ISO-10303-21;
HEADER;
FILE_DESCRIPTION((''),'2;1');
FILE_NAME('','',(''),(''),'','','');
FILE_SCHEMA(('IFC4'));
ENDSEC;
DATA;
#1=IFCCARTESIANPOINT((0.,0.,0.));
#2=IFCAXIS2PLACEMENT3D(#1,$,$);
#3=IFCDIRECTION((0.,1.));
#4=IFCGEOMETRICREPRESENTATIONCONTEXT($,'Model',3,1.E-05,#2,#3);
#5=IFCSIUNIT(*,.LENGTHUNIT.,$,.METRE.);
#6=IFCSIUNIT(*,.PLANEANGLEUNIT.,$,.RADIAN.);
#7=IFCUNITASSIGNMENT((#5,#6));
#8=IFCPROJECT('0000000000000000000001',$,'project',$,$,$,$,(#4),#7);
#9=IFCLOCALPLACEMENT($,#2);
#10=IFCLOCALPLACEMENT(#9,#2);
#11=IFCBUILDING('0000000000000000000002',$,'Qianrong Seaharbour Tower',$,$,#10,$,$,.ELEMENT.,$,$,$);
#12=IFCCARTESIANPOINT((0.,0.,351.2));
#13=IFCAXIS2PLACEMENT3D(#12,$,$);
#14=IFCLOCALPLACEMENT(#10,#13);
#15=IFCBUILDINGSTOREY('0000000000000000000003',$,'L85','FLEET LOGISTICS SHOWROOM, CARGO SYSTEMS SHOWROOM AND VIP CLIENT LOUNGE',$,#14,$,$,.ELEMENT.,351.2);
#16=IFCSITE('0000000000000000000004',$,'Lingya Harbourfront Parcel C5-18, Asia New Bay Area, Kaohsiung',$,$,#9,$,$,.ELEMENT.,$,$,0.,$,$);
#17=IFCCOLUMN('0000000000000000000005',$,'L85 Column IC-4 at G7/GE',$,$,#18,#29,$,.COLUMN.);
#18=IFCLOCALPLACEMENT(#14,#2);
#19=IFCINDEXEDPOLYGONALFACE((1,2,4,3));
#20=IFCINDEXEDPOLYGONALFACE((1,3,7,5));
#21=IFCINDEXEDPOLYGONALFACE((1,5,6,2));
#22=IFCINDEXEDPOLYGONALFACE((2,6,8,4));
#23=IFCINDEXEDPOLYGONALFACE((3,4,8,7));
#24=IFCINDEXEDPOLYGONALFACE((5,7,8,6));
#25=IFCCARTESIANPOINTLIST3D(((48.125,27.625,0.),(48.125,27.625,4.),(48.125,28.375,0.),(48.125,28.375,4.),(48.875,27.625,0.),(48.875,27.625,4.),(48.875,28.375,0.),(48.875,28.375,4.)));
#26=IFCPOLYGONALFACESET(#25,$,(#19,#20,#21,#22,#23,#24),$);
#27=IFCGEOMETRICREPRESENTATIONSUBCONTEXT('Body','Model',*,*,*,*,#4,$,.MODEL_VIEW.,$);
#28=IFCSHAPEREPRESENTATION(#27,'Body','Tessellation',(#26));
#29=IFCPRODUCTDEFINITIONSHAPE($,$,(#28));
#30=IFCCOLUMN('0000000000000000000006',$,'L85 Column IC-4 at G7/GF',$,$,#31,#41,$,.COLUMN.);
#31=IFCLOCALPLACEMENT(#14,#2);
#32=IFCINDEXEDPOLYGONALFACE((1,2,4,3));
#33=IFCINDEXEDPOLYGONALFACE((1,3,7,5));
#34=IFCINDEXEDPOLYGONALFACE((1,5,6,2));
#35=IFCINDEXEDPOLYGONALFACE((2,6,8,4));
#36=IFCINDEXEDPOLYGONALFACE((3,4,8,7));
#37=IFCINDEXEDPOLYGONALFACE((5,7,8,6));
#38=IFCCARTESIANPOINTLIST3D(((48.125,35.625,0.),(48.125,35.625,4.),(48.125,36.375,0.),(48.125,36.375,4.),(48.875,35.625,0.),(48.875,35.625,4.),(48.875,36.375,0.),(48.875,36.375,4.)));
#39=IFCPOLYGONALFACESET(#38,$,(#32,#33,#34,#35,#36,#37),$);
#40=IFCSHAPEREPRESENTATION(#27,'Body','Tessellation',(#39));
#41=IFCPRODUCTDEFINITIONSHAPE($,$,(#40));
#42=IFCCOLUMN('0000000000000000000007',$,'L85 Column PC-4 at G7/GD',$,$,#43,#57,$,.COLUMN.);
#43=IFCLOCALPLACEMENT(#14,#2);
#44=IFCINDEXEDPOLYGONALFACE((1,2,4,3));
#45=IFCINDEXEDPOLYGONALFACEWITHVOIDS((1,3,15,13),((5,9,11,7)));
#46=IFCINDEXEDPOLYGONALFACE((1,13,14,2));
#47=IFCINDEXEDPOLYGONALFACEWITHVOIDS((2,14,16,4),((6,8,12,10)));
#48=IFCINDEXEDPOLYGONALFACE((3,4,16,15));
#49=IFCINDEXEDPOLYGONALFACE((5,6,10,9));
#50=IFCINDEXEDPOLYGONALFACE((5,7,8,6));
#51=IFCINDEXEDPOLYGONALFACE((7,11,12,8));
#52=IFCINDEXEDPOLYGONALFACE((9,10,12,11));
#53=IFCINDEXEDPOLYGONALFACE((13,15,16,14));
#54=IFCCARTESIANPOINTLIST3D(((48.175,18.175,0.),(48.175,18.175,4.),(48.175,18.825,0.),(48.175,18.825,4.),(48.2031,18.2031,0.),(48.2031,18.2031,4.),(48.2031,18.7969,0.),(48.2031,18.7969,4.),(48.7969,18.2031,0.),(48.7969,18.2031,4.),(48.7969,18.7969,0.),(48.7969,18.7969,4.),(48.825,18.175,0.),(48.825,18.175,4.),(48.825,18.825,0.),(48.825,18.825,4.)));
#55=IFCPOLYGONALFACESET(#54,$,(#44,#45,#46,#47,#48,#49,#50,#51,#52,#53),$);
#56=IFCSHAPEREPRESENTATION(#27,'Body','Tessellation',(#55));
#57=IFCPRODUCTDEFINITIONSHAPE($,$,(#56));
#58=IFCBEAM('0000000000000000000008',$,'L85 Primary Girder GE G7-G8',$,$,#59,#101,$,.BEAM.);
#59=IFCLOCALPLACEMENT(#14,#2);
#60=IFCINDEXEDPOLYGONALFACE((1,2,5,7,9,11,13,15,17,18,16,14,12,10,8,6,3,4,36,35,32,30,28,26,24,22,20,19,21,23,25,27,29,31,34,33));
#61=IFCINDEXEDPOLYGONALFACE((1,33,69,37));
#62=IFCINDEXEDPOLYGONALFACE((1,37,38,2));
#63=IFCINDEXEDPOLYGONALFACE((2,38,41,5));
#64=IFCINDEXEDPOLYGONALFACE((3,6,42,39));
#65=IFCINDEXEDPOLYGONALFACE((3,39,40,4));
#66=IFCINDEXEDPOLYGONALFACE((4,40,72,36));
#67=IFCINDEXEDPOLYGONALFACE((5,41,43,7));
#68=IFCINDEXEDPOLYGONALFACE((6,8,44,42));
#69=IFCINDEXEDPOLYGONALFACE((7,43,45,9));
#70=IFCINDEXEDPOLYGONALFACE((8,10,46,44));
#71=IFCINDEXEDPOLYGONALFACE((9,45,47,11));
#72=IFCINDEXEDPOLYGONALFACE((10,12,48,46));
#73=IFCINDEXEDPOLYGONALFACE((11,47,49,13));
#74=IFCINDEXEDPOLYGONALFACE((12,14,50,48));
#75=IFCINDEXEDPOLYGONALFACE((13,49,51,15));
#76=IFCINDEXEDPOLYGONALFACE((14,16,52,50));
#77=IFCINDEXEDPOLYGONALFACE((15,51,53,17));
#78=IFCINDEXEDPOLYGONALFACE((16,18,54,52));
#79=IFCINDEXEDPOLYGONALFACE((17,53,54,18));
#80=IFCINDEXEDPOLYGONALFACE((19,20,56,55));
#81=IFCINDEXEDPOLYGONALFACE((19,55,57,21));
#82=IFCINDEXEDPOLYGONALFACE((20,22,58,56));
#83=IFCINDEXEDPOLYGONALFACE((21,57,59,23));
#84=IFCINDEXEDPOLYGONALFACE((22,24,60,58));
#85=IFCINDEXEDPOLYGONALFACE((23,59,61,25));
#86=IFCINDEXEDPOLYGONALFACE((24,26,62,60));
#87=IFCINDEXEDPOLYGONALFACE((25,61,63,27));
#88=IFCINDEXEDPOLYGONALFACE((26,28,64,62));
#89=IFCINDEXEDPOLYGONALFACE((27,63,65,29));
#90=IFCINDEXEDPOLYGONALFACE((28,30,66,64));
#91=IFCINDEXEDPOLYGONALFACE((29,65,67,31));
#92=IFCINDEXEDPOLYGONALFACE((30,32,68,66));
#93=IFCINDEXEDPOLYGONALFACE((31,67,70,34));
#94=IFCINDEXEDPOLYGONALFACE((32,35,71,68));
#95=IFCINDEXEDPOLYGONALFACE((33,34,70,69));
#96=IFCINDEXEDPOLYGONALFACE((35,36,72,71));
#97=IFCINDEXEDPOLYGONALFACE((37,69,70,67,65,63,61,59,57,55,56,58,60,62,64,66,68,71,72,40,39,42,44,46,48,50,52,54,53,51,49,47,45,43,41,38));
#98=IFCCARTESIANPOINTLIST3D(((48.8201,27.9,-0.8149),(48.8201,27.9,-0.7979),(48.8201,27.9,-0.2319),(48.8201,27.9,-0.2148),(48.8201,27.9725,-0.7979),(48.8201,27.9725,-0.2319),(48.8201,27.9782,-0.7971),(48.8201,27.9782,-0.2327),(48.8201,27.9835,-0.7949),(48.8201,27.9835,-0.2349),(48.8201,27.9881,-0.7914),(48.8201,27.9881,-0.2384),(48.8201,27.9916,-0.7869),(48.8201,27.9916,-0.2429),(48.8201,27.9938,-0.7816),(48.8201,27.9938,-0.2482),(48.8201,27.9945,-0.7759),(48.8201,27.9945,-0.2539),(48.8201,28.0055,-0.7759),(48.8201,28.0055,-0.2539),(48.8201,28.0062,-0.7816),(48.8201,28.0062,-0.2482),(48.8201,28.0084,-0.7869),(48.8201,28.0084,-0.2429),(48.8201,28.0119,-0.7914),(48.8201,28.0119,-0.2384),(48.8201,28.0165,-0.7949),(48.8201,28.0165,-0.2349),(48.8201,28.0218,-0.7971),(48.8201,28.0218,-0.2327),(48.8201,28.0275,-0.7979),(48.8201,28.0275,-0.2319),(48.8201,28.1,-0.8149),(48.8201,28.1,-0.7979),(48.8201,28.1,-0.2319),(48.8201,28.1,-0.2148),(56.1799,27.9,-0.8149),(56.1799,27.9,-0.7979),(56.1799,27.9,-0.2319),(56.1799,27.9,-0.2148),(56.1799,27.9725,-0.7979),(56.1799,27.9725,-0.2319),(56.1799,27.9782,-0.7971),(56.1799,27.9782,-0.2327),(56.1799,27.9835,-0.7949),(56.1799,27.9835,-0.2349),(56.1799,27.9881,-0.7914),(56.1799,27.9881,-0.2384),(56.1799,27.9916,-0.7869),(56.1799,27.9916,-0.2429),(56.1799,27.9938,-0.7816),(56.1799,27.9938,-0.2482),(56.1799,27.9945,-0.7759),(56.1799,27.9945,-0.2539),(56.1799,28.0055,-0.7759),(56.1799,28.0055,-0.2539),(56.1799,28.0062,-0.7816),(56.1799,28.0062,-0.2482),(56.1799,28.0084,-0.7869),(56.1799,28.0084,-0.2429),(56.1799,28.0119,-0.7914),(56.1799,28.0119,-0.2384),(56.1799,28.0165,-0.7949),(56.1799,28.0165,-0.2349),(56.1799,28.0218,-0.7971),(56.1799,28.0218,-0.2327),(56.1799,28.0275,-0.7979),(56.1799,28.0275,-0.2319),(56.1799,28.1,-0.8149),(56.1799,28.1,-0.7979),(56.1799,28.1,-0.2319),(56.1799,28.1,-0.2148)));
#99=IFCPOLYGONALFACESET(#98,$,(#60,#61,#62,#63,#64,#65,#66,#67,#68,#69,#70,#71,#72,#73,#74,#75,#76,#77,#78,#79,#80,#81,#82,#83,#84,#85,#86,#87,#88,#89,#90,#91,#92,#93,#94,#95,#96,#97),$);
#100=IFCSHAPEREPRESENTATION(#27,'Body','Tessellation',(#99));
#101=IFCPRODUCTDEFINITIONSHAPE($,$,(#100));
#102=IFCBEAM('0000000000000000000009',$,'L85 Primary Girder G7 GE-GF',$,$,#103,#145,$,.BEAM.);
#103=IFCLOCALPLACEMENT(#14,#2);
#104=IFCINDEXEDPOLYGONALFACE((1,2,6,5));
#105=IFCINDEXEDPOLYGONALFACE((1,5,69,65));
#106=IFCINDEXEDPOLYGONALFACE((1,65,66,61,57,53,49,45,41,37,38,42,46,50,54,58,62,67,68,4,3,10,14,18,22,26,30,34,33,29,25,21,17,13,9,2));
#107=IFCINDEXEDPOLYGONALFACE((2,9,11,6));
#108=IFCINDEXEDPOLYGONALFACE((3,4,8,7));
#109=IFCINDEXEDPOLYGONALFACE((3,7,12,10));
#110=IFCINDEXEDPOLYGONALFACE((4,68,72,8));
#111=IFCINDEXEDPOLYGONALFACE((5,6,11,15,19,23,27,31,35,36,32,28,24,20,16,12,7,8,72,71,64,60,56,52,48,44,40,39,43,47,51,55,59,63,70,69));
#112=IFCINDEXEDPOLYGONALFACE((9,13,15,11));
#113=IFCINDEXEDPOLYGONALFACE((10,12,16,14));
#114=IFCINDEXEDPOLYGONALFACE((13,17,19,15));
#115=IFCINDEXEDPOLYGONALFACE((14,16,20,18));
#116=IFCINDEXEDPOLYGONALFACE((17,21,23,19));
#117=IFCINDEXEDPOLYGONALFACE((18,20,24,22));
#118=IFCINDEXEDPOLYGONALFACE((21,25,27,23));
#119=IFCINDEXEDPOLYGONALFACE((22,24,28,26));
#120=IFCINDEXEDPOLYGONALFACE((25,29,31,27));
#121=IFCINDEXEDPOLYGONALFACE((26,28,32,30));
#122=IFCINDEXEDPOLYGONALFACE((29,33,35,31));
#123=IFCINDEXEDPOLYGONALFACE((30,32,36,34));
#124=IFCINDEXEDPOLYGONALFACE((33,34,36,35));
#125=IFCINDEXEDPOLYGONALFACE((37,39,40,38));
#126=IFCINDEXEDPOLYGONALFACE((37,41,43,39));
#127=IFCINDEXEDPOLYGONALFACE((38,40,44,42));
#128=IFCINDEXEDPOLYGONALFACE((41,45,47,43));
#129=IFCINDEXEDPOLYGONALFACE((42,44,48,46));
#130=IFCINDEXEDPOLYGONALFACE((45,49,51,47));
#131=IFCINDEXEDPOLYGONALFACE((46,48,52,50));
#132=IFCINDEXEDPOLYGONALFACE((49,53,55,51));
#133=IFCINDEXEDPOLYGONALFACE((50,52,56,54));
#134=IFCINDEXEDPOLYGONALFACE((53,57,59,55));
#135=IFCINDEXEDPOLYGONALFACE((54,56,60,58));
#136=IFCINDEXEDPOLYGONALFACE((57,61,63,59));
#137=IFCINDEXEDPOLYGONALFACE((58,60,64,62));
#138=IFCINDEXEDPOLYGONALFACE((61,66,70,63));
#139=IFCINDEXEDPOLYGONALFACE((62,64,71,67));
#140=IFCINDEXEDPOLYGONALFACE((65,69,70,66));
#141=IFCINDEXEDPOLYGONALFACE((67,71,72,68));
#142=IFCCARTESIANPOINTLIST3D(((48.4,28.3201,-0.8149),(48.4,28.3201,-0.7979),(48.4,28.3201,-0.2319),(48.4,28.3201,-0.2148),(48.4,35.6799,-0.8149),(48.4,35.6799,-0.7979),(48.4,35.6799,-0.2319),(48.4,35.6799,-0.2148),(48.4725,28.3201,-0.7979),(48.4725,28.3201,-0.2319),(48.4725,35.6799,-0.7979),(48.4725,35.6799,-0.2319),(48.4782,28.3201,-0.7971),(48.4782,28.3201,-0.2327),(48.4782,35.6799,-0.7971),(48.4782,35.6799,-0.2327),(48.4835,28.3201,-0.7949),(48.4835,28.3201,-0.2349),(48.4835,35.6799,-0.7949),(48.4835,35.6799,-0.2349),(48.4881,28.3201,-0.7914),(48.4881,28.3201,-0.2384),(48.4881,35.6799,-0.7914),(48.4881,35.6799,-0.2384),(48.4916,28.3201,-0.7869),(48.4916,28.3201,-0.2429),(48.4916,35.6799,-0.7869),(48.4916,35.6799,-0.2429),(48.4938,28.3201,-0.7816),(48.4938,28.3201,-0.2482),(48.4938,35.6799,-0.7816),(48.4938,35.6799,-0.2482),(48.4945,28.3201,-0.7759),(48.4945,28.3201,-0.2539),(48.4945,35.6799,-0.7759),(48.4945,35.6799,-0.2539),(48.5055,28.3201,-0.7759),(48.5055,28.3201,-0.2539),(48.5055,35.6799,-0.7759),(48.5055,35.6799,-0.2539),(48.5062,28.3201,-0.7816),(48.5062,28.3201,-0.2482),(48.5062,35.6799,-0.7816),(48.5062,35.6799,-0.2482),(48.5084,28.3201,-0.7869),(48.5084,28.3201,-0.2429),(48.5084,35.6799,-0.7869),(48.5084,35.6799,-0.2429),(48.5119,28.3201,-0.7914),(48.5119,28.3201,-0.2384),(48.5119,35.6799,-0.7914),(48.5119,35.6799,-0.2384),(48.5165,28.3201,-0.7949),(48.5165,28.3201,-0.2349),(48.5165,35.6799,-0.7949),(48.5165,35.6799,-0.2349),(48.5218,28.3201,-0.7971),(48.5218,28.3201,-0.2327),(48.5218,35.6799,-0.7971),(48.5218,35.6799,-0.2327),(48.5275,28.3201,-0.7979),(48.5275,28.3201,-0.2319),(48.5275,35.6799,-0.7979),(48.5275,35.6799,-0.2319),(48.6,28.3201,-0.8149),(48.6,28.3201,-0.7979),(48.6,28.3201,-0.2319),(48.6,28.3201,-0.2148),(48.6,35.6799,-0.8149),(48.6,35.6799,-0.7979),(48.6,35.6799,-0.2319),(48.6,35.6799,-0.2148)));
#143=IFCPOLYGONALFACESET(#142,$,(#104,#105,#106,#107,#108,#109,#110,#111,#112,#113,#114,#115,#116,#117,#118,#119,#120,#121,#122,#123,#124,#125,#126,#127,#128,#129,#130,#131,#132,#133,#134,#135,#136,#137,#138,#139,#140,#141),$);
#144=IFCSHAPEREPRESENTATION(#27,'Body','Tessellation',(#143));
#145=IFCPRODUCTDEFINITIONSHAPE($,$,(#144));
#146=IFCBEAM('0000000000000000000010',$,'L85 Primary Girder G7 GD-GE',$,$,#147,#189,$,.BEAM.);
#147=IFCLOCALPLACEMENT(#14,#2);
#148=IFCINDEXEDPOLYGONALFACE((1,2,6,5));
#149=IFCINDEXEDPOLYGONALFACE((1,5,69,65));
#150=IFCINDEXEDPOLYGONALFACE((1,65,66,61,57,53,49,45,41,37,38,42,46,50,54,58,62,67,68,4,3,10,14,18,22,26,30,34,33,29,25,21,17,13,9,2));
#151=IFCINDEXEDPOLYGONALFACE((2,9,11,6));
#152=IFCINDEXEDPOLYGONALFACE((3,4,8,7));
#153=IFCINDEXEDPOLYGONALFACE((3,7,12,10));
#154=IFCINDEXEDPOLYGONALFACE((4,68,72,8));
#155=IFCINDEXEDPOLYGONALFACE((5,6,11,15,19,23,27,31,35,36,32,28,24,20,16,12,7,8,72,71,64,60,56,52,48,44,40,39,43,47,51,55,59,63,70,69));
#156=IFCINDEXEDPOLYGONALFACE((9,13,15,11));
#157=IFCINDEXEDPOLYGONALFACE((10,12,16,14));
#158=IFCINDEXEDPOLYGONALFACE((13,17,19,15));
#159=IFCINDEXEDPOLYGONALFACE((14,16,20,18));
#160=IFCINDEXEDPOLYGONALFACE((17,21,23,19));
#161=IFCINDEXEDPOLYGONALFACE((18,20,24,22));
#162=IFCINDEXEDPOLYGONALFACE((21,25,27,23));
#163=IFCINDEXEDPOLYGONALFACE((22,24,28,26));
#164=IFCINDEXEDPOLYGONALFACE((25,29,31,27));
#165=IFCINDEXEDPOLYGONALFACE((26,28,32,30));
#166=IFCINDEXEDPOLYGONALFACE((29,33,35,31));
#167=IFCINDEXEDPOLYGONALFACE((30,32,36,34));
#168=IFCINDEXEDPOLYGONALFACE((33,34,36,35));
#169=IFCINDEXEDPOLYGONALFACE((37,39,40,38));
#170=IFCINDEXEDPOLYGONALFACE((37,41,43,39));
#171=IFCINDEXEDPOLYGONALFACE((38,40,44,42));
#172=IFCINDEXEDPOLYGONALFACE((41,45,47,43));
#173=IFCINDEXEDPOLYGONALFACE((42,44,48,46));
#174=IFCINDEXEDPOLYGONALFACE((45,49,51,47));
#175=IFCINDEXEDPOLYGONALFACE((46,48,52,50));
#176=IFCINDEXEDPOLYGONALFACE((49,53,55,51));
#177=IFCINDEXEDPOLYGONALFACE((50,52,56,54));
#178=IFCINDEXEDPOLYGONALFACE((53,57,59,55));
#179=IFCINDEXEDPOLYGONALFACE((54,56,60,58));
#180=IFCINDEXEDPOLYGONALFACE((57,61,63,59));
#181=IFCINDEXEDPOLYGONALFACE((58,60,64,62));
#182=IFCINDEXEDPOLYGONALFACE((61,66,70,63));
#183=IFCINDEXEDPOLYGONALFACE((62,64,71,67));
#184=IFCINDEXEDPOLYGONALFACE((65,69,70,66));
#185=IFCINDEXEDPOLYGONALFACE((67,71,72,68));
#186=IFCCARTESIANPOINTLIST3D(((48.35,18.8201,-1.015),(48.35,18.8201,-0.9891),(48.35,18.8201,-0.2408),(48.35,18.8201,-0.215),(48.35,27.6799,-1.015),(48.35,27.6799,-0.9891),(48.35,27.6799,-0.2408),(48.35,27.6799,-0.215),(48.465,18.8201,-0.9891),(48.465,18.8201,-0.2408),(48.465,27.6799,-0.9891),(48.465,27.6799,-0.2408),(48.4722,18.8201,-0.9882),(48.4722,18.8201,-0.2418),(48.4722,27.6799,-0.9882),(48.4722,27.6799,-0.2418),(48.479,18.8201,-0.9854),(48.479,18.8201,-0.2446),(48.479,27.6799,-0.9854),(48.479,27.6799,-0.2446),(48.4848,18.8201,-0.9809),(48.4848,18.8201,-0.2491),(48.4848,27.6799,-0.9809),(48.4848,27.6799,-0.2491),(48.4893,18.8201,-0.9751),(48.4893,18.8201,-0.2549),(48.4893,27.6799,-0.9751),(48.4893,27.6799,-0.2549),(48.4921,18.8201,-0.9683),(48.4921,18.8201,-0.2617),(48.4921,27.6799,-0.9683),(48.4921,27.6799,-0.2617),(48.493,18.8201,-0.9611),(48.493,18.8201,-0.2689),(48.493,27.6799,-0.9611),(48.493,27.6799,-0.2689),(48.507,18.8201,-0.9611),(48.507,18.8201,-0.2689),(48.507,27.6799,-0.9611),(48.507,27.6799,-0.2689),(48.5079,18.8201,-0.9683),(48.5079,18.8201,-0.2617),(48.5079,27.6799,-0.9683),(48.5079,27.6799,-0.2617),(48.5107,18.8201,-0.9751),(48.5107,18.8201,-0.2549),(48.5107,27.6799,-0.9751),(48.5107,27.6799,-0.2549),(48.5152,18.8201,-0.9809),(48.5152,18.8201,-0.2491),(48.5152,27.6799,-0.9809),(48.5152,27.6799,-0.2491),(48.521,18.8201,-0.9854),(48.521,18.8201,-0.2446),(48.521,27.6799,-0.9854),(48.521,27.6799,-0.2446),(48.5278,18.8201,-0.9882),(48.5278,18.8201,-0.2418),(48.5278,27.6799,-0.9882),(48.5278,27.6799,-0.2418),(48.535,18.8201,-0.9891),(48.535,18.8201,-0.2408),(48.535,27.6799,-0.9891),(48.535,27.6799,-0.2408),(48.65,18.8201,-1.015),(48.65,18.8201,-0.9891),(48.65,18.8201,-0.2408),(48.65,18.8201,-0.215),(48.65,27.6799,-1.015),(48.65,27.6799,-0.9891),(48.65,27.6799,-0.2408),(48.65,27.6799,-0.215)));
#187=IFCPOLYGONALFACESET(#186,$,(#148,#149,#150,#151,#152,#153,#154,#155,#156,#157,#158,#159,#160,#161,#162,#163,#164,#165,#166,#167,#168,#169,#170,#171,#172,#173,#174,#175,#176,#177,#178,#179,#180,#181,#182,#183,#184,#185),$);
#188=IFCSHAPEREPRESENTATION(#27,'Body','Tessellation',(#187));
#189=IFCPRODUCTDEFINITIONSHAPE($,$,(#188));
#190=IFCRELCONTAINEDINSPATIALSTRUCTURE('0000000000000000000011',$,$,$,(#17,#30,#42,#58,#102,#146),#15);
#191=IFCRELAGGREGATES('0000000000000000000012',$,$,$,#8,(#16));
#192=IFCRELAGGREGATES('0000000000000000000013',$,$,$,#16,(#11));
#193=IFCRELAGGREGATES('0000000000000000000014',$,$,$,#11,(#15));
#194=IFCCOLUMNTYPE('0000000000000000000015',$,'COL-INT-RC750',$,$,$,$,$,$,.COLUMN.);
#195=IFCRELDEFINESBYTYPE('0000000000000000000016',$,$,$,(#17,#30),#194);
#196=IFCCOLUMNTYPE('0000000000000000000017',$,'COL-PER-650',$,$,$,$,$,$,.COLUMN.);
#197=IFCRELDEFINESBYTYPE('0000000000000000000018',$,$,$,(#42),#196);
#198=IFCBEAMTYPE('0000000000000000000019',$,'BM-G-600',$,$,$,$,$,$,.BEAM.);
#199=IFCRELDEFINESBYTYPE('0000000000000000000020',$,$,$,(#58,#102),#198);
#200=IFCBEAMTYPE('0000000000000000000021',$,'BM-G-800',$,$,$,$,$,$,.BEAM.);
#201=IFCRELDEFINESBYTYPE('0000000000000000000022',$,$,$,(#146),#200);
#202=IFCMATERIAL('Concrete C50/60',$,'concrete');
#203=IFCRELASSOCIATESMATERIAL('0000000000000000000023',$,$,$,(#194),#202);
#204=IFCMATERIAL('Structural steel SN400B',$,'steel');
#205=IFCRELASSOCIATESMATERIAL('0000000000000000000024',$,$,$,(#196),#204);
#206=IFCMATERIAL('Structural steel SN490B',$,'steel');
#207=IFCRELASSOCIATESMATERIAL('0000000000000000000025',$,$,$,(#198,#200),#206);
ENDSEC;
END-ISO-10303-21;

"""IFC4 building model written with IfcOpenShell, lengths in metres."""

from ifc_helpers import new_model, si_unit, direction, frame, origin, origin_2d, place, context, subcontext, project, spatial, rectangle, hollow_rectangle, i_section, extrude, material, material_profile, profile_set, type_object, element, save


model = new_model("IFC4")

# Units and contexts
model_context = context("Model", 3, precision=1e-05, world=origin(), true_north=direction((0.0, 1.0)))
body_context = subcontext(model_context, "Body", "Model", "MODEL_VIEW")
ifc_project = project(units=[si_unit("LENGTHUNIT", "METRE"), si_unit("PLANEANGLEUNIT", "RADIAN")], contexts=[model_context])

# Site, building, storey
site_placement = place(None, origin())
site = spatial("IfcSite", under=ifc_project, at=site_placement, Name="Lingya Harbourfront Parcel C5-18, Asia New Bay Area, Kaohsiung", CompositionType="ELEMENT", RefElevation=0.0)
building_placement = place(site_placement, origin())
building = spatial("IfcBuilding", under=site, at=building_placement, Name="Qianrong Seaharbour Tower", CompositionType="ELEMENT")
storey_placement = place(building_placement, frame((0.0, 0.0, 351.2)))
storey = spatial("IfcBuildingStorey", under=building, at=storey_placement, Name="L85", Description="FLEET LOGISTICS SHOWROOM, CARGO SYSTEMS SHOWROOM AND VIP CLIENT LOUNGE", CompositionType="ELEMENT", Elevation=351.2)

# Columns
ifc_material_1 = material(Name="Concrete C50/60", Category="concrete")
ifc_material_profile_1 = material_profile(ifc_material_1, rectangle(XDim=0.75, YDim=0.75, at=origin_2d()), Name="RC750x750")
ifc_profile_set_1 = profile_set([ifc_material_profile_1], Name="Concrete C50/60")
column_type_1 = type_object("IfcColumnType", Name="COL-INT-RC750", PredefinedType="COLUMN", material=ifc_profile_set_1)
for number, where, z_axis, x_axis, name in (
    (1, (48.5, 28.0, 0.0), (0.0, 0.0, 1.0), (1.0, 0.0, 0.0), "L85 Column IC-4 at G7/GE"),
    (2, (48.5, 36.0, 0.0), (0.0, 0.0, 1.0), (1.0, 0.0, 0.0), "L85 Column IC-4 at G7/GF"),
):
    element("IfcColumn", number, at=place(storey_placement, frame(where, z_axis=z_axis, x_axis=x_axis)), inside=storey, type_object=column_type_1, Name=name, PredefinedType="COLUMN", context=body_context, shape_type="SweptSolid", body=[
        extrude(rectangle(XDim=0.75, YDim=0.75, at=origin_2d()), origin(), (0.0, 0.0, 1.0), 4.0),
    ])
ifc_material_2 = material(Name="Structural steel SN400B", Category="steel")
ifc_material_profile_2 = material_profile(ifc_material_2, hollow_rectangle(XDim=0.6499, YDim=0.6499, WallThickness=0.0281, at=origin_2d()), Name="BOX650x650x28")
ifc_profile_set_2 = profile_set([ifc_material_profile_2], Name="Structural steel SN400B")
column_type_2 = type_object("IfcColumnType", Name="COL-PER-650", PredefinedType="COLUMN", material=ifc_profile_set_2)
column_placement = place(storey_placement, frame((48.5, 18.5, 0.0), z_axis=(0.0, 0.0, 1.0), x_axis=(1.0, 0.0, 0.0)))
element("IfcColumn", 3, at=column_placement, inside=storey, type_object=column_type_2, Name="L85 Column PC-4 at G7/GD", PredefinedType="COLUMN", context=body_context, shape_type="SweptSolid", body=[
    extrude(hollow_rectangle(XDim=0.6499, YDim=0.6499, WallThickness=0.0281, at=origin_2d()), origin(), (0.0, 0.0, 1.0), 4.0),
])

# Beams
ifc_material_3 = material(Name="Structural steel SN490B", Category="steel")
ifc_material_profile_3 = material_profile(ifc_material_3, i_section(OverallWidth=0.2, OverallDepth=0.6001, WebThickness=0.011, FlangeThickness=0.0171, FilletRadius=0.022, at=origin_2d()), Name="H600x200x11x17")
ifc_profile_set_3 = profile_set([ifc_material_profile_3], Name="Structural steel SN490B")
beam_type_1 = type_object("IfcBeamType", Name="BM-G-600", PredefinedType="BEAM", material=ifc_profile_set_3)
for number, where, z_axis, x_axis, name in (
    (4, (48.8201, 28.0, -0.5149), (1.0, 0.0, 0.0), (0.0, 1.0, 0.0), "L85 Primary Girder GE G7-G8"),
    (5, (48.5, 28.3201, -0.5149), (0.0, 1.0, 0.0), (-1.0, 0.0, 0.0), "L85 Primary Girder G7 GE-GF"),
):
    element("IfcBeam", number, at=place(storey_placement, frame(where, z_axis=z_axis, x_axis=x_axis)), inside=storey, type_object=beam_type_1, Name=name, PredefinedType="BEAM", context=body_context, shape_type="SweptSolid", body=[
        extrude(i_section(OverallWidth=0.2, OverallDepth=0.6001, WebThickness=0.011, FlangeThickness=0.0171, FilletRadius=0.022, at=origin_2d()), origin(), (0.0, 0.0, 1.0), 7.3599),
    ])
ifc_material_profile_4 = material_profile(ifc_material_3, i_section(OverallWidth=0.3, OverallDepth=0.8, WebThickness=0.0139, FlangeThickness=0.0259, FilletRadius=0.0281, at=origin_2d()), Name="H800x300x14x26")
ifc_profile_set_4 = profile_set([ifc_material_profile_4], Name="Structural steel SN490B")
beam_type_2 = type_object("IfcBeamType", Name="BM-G-800", PredefinedType="BEAM", material=ifc_profile_set_4)
beam_1_placement = place(storey_placement, frame((48.5, 18.8201, -0.615), z_axis=(0.0, 1.0, 0.0), x_axis=(-1.0, 0.0, 0.0)))
element("IfcBeam", 6, at=beam_1_placement, inside=storey, type_object=beam_type_2, Name="L85 Primary Girder G7 GD-GE", PredefinedType="BEAM", context=body_context, shape_type="SweptSolid", body=[
    extrude(i_section(OverallWidth=0.3, OverallDepth=0.8, WebThickness=0.0139, FlangeThickness=0.0259, FilletRadius=0.0281, at=origin_2d()), origin(), (0.0, 0.0, 1.0), 8.8599),
])

save(model, "model.ifc")
